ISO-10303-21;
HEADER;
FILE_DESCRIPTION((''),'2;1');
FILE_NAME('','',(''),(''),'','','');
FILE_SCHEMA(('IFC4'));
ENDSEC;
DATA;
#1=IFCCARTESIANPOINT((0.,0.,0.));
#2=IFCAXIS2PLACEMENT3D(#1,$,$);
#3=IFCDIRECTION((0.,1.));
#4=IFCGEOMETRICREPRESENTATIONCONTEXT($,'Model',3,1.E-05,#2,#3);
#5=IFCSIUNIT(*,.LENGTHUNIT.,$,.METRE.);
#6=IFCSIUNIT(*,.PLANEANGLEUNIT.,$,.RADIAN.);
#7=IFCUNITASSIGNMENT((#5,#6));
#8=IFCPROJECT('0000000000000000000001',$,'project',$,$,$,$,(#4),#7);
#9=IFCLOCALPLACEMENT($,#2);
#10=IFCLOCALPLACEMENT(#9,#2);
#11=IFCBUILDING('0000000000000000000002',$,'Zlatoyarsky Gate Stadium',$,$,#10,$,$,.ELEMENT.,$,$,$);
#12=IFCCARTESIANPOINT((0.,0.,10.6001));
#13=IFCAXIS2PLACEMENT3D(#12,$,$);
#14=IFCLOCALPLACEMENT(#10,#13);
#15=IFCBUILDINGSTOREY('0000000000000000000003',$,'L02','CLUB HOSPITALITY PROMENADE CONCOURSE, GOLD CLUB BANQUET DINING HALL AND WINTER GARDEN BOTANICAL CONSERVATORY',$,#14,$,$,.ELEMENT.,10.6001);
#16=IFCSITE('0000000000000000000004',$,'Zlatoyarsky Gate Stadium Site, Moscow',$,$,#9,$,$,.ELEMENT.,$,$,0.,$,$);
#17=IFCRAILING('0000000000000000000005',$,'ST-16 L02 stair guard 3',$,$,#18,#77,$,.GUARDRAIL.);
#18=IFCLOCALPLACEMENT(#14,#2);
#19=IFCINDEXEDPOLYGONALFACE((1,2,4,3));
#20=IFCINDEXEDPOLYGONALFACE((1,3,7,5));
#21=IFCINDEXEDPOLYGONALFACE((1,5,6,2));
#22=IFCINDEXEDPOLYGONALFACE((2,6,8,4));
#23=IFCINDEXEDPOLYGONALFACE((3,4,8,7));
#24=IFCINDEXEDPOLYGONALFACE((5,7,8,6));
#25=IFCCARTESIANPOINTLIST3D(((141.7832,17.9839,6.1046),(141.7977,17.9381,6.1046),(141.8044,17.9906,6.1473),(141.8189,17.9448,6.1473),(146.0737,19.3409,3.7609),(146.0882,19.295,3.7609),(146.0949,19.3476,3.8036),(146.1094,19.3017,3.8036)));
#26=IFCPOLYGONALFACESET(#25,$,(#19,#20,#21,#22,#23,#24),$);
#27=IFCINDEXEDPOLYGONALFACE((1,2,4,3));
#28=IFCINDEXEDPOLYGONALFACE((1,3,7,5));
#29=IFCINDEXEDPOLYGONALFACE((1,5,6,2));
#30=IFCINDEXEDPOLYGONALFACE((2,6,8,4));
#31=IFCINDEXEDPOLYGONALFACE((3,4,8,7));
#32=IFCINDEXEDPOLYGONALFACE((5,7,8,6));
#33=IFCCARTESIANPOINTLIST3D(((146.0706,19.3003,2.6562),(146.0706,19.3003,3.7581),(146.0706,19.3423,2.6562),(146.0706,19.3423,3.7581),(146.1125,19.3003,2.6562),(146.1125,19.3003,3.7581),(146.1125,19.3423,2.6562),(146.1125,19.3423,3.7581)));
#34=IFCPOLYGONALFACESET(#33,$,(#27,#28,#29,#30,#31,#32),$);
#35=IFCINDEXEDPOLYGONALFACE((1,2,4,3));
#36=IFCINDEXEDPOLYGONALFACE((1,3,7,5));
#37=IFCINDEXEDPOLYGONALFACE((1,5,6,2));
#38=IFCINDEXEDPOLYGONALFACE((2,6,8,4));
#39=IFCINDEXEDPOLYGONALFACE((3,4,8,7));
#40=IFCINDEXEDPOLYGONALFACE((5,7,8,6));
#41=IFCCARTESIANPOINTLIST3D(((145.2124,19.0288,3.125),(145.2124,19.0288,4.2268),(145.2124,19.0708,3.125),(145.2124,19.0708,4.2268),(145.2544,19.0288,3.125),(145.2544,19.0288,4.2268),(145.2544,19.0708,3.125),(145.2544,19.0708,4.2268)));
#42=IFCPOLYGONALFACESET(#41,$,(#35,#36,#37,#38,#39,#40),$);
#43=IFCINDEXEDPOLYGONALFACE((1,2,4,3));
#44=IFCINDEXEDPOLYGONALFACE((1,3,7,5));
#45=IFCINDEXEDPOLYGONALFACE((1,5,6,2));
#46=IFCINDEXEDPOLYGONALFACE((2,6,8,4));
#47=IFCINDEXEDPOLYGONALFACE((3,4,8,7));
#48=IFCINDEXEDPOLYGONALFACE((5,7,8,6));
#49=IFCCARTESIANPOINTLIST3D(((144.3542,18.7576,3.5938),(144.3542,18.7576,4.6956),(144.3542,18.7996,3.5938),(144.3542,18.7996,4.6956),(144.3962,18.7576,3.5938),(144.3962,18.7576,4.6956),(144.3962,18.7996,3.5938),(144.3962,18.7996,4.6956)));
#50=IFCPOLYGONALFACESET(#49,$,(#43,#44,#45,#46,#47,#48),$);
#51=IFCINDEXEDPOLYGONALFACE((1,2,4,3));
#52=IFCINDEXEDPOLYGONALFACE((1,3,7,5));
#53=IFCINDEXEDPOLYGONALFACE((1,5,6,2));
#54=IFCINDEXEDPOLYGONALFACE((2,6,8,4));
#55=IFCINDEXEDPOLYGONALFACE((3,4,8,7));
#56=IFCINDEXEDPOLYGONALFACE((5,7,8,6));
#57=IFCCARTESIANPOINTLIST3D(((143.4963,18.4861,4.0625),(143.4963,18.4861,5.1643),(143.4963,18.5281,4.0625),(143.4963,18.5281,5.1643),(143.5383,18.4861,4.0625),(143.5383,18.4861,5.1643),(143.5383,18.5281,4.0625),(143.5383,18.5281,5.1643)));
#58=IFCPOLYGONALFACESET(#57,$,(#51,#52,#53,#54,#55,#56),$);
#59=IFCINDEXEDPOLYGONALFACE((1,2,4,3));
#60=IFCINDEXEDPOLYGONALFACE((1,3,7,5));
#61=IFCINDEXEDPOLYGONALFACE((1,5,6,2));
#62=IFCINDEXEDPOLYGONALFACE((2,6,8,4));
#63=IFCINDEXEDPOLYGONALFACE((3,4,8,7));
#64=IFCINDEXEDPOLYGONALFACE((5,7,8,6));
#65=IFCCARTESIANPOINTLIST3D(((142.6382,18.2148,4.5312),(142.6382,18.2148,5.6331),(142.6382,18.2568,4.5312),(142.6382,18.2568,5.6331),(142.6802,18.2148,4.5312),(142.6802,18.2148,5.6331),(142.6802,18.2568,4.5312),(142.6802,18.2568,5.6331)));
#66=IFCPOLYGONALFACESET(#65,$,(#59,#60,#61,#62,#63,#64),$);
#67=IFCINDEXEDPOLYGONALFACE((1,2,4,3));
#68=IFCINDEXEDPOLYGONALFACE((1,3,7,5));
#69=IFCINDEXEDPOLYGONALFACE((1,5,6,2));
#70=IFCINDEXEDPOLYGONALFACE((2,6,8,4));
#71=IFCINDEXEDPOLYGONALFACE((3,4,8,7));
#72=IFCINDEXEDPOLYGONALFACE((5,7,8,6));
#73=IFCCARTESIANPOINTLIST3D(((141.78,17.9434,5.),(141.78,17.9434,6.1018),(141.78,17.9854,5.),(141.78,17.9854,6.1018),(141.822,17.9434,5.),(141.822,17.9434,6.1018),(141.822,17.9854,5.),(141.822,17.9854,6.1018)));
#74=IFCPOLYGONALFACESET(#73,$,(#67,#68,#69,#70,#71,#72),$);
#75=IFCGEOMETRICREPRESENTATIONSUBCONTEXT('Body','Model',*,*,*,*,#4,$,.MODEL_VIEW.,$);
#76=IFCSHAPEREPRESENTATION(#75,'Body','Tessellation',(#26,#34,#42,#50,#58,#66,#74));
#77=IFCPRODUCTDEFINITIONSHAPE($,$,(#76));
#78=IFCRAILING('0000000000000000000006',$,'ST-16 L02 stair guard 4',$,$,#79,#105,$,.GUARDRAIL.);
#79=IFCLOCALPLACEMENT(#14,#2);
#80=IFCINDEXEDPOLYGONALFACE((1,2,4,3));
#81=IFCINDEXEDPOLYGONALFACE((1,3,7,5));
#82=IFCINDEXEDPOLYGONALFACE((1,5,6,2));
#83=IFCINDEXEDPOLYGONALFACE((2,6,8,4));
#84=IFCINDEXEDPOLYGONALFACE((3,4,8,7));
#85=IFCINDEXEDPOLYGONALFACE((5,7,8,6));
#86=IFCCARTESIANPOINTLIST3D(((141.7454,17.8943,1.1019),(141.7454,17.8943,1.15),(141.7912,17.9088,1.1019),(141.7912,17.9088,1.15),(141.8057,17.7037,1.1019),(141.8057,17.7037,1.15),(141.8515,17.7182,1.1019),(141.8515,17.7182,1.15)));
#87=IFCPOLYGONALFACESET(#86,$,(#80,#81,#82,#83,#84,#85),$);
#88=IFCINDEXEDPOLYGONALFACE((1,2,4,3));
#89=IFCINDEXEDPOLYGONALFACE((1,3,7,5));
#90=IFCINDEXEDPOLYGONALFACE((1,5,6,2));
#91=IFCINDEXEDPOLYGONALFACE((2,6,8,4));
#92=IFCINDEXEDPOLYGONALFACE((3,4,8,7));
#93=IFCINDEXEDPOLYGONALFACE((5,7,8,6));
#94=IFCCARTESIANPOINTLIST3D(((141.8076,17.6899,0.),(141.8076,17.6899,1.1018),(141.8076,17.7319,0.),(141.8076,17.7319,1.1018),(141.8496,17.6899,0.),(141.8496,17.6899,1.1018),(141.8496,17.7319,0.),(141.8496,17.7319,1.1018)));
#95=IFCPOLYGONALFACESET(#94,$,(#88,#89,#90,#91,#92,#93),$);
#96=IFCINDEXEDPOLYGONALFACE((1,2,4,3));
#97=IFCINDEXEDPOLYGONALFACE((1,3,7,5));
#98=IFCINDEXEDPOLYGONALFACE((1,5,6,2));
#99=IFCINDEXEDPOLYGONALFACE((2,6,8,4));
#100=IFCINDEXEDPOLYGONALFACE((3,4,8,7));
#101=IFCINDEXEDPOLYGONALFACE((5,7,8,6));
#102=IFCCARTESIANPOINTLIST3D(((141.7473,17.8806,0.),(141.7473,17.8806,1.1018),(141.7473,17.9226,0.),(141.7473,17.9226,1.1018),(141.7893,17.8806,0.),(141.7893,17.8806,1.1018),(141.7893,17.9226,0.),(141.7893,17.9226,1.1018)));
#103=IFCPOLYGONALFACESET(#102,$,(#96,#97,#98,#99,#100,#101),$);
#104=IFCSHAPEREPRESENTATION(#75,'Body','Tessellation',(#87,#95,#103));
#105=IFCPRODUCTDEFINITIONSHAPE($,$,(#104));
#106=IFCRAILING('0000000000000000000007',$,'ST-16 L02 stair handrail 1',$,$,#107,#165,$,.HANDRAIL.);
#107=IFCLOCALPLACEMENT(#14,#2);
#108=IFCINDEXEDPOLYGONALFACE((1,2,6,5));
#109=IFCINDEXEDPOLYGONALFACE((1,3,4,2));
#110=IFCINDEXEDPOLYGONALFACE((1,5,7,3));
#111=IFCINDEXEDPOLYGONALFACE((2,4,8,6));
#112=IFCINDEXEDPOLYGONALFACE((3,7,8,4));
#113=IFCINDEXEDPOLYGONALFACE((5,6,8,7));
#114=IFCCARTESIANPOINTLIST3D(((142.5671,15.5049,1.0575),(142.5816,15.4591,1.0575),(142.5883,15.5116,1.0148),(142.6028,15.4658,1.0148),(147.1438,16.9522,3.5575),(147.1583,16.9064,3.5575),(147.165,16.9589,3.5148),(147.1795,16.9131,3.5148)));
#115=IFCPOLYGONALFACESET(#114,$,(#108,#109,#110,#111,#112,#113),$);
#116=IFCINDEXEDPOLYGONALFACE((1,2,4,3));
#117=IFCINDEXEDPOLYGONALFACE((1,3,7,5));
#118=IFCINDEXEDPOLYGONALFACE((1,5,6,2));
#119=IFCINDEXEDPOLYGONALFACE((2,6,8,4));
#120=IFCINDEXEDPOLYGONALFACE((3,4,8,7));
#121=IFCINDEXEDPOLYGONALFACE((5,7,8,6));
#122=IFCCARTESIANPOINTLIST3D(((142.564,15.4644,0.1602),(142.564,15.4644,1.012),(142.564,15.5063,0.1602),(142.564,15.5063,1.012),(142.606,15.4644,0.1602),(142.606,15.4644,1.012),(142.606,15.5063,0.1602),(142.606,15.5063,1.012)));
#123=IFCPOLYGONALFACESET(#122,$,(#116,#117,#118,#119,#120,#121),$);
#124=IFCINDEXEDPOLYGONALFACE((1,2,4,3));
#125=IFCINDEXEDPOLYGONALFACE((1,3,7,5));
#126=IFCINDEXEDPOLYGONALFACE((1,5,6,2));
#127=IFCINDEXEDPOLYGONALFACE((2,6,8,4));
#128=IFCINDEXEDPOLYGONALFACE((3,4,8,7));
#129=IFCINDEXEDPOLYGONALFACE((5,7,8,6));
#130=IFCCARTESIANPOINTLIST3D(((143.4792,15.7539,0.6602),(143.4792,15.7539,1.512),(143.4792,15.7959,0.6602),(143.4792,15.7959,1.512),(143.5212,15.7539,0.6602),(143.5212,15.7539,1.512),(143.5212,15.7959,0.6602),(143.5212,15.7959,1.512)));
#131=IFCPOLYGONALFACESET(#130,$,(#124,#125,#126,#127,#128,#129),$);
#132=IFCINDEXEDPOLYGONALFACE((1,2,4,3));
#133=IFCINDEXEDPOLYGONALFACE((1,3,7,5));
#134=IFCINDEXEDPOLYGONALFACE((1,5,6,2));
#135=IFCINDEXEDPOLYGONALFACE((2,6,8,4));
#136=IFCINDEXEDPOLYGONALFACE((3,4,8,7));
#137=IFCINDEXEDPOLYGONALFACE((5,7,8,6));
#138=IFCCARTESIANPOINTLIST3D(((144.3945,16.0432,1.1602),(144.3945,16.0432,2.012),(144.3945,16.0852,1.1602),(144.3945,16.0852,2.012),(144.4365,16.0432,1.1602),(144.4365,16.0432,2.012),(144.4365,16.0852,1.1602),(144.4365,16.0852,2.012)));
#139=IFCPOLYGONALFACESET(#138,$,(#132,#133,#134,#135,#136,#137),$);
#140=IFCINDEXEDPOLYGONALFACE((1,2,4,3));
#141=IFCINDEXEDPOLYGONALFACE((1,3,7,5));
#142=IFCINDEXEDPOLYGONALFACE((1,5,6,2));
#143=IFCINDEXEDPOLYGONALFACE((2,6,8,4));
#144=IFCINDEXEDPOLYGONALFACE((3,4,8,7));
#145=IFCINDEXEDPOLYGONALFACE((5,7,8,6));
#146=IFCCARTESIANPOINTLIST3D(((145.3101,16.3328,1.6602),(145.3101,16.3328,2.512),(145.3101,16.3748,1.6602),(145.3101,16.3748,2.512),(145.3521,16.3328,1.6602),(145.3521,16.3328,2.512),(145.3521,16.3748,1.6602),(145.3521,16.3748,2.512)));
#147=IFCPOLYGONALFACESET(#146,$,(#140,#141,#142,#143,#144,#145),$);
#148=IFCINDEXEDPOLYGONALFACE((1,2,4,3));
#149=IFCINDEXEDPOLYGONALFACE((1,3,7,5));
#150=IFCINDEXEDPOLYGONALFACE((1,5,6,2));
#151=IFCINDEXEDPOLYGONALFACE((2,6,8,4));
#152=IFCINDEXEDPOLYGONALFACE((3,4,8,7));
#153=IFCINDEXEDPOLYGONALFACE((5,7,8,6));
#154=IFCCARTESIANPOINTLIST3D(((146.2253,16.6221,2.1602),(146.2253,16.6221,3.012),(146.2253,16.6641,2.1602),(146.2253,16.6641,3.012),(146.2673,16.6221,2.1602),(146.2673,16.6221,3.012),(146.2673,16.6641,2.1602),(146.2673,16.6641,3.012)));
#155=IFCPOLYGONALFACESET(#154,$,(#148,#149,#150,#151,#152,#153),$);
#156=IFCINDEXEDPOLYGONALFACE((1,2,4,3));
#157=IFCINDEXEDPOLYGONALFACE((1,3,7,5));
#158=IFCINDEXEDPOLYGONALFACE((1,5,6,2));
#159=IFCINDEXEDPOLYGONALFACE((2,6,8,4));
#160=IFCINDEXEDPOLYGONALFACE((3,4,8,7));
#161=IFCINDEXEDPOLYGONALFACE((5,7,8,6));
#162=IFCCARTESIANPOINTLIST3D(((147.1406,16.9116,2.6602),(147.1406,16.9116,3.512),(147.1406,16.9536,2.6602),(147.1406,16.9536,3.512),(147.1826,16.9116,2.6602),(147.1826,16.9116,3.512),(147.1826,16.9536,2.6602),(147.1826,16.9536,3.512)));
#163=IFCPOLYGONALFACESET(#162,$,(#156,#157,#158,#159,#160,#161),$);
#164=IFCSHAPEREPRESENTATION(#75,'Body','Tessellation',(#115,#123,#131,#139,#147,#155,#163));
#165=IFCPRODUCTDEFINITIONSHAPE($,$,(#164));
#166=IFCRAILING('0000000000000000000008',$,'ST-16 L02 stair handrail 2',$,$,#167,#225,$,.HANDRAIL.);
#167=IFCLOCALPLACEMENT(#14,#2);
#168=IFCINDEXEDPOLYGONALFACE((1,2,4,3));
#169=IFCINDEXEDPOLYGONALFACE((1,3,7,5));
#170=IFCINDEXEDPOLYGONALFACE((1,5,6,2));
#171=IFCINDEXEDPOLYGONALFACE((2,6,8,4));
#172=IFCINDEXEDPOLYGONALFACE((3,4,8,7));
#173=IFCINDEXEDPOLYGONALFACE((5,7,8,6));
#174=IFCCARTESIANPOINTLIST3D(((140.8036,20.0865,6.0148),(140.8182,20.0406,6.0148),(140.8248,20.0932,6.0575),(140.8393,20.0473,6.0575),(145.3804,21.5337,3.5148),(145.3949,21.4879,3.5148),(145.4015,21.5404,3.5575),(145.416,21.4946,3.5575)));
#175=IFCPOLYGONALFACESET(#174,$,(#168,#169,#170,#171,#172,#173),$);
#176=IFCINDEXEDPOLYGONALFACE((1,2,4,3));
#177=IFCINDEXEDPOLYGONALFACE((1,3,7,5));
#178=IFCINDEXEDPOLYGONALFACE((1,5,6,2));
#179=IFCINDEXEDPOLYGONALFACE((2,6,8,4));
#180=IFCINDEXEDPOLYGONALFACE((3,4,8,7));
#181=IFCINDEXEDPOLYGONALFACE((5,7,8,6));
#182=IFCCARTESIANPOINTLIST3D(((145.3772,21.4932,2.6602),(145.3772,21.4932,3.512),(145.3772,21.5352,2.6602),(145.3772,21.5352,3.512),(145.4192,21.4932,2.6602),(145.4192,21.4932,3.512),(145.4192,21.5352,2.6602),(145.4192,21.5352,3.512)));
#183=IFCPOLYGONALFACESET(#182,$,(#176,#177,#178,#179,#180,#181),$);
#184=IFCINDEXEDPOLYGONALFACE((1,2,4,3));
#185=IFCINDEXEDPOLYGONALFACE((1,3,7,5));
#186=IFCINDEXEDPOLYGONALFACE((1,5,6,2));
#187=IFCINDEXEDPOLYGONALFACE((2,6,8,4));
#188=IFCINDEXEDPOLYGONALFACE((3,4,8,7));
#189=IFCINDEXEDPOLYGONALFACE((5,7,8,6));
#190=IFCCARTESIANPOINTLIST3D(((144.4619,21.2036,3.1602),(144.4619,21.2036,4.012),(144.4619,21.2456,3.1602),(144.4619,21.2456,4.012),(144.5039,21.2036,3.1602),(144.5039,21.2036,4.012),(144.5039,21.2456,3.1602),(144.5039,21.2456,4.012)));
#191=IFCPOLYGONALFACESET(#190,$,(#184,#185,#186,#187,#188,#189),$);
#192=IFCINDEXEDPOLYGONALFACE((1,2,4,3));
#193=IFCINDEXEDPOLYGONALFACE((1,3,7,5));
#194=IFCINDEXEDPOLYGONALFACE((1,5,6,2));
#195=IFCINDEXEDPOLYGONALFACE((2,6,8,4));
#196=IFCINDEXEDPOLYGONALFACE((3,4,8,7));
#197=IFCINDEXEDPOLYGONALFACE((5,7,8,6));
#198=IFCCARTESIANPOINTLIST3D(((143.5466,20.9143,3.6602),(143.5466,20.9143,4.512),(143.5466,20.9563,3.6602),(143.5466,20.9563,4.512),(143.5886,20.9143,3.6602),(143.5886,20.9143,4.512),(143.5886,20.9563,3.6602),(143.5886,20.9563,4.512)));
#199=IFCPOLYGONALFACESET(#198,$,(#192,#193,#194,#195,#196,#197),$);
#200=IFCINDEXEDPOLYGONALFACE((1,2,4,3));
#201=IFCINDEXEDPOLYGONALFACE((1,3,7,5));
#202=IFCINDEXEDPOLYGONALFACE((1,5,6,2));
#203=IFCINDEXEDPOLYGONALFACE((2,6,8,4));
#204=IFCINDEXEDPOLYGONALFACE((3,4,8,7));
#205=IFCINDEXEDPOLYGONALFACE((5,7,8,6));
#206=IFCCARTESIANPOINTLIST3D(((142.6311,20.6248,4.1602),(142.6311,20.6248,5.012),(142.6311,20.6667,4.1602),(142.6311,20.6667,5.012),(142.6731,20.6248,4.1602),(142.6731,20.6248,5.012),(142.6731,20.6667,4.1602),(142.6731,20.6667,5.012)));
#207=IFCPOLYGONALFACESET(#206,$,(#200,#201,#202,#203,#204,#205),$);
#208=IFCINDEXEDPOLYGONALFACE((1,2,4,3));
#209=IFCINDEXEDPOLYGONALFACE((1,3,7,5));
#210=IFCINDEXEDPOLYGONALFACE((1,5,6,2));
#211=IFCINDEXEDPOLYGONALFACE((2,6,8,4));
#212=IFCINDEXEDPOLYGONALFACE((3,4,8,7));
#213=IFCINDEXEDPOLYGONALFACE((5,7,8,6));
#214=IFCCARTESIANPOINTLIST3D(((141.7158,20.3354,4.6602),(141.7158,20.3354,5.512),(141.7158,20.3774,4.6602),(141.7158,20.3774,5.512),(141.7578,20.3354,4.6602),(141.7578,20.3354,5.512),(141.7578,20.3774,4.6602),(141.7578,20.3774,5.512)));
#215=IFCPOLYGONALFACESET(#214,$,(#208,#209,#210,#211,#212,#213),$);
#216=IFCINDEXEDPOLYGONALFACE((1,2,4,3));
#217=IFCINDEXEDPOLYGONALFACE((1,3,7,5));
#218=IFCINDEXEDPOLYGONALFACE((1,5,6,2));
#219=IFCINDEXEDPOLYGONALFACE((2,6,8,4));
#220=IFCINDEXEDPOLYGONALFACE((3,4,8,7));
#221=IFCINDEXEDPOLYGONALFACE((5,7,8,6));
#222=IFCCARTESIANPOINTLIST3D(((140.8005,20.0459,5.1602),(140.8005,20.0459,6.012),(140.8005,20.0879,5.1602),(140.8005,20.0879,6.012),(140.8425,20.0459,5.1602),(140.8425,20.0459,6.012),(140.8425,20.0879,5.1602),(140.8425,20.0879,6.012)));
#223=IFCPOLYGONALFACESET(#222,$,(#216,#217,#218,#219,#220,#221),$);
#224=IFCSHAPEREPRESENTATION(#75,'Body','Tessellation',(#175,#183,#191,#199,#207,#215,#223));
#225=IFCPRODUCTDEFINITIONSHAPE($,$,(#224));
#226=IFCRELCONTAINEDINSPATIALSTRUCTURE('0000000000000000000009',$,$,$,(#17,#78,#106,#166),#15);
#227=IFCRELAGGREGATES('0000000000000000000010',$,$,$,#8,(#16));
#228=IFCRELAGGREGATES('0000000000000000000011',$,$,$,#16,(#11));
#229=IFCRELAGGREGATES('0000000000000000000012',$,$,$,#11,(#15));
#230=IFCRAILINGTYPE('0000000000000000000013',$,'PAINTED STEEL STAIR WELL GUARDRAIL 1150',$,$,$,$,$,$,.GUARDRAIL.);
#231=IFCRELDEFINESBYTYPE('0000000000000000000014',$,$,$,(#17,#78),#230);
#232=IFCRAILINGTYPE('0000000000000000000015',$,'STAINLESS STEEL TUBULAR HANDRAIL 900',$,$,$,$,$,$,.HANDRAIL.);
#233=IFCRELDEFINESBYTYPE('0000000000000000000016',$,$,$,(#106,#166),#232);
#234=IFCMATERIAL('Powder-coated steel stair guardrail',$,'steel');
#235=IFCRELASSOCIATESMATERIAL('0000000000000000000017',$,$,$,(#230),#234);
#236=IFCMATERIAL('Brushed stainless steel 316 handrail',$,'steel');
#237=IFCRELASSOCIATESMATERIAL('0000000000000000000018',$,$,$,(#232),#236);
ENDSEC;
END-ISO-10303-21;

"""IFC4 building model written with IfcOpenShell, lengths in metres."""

from ifc_helpers import new_model, si_unit, direction, frame, origin, origin_2d, place, context, subcontext, project, spatial, rectangle, extrude, material, type_object, element, save


model = new_model("IFC4")

# Units and contexts
model_context = context("Model", 3, precision=1e-05, world=origin(), true_north=direction((0.0, 1.0)))
body_context = subcontext(model_context, "Body", "Model", "MODEL_VIEW")
ifc_project = project(units=[si_unit("LENGTHUNIT", "METRE"), si_unit("PLANEANGLEUNIT", "RADIAN")], contexts=[model_context])

# Site, building, storey
site_placement = place(None, origin())
site = spatial("IfcSite", under=ifc_project, at=site_placement, Name="Zlatoyarsky Gate Stadium Site, Moscow", CompositionType="ELEMENT", RefElevation=0.0)
building_placement = place(site_placement, origin())
building = spatial("IfcBuilding", under=site, at=building_placement, Name="Zlatoyarsky Gate Stadium", CompositionType="ELEMENT")
storey_placement = place(building_placement, frame((0.0, 0.0, 10.6001)))
storey = spatial("IfcBuildingStorey", under=building, at=storey_placement, Name="L02", Description="CLUB HOSPITALITY PROMENADE CONCOURSE, GOLD CLUB BANQUET DINING HALL AND WINTER GARDEN BOTANICAL CONSERVATORY", CompositionType="ELEMENT", Elevation=10.6001)

# Railings
ifc_material_1 = material(Name="Powder-coated steel stair guardrail", Category="steel")
railing_type_1 = type_object("IfcRailingType", Name="PAINTED STEEL STAIR WELL GUARDRAIL 1150", PredefinedType="GUARDRAIL", material=ifc_material_1)
railing_1_placement = place(storey_placement, frame((146.0916, 19.3213, 2.6562)))
element("IfcRailing", 1, at=railing_1_placement, inside=storey, type_object=railing_type_1, Name="ST-16 L02 stair guard 3", PredefinedType="GUARDRAIL", context=body_context, shape_type="SweptSolid", body=[
    extrude(rectangle(XDim=0.0481, YDim=0.0481, at=origin_2d()), frame((0.0, 0.0, 1.126), z_axis=(-0.84563, -0.267441, 0.461935), x_axis=(0.301542, -0.953453, 0.0)), (0.0, 0.0, 1.0), 5.0737),
    extrude(rectangle(XDim=0.042, YDim=0.042, at=origin_2d()), origin(), (0.0, 0.0, 1.0), 1.1018),
    extrude(rectangle(XDim=0.042, YDim=0.042, at=origin_2d()), frame((-0.8582, -0.2715, 0.4688)), (0.0, 0.0, 1.0), 1.1018),
    extrude(rectangle(XDim=0.042, YDim=0.042, at=origin_2d()), frame((-1.7163, -0.5427, 0.9375)), (0.0, 0.0, 1.0), 1.1018),
    extrude(rectangle(XDim=0.042, YDim=0.042, at=origin_2d()), frame((-2.5742, -0.8142, 1.4062)), (0.0, 0.0, 1.0), 1.1018),
    extrude(rectangle(XDim=0.042, YDim=0.042, at=origin_2d()), frame((-3.4324, -1.0854, 1.875)), (0.0, 0.0, 1.0), 1.1018),
    extrude(rectangle(XDim=0.042, YDim=0.042, at=origin_2d()), frame((-4.2905, -1.3569, 2.3438)), (0.0, 0.0, 1.0), 1.1018),
])
railing_2_placement = place(storey_placement, frame((141.8286, 17.7109, 0.0)))
element("IfcRailing", 2, at=railing_2_placement, inside=storey, type_object=railing_type_1, Name="ST-16 L02 stair guard 4", PredefinedType="GUARDRAIL", context=body_context, shape_type="SweptSolid", body=[
    extrude(rectangle(XDim=0.0481, YDim=0.0481, at=origin_2d()), frame((0.0, 0.0, 1.126), z_axis=(-0.30154, 0.953453, 0.0), x_axis=(-0.953453, -0.30154, 0.0)), (0.0, 0.0, 1.0), 0.2),
    extrude(rectangle(XDim=0.042, YDim=0.042, at=origin_2d()), origin(), (0.0, 0.0, 1.0), 1.1018),
    extrude(rectangle(XDim=0.042, YDim=0.042, at=origin_2d()), frame((-0.0603, 0.1907, 0.0)), (0.0, 0.0, 1.0), 1.1018),
])
ifc_material_2 = material(Name="Brushed stainless steel 316 handrail", Category="steel")
railing_type_2 = type_object("IfcRailingType", Name="STAINLESS STEEL TUBULAR HANDRAIL 900", PredefinedType="HANDRAIL", material=ifc_material_2)
railing_3_placement = place(storey_placement, frame((142.585, 15.4854, 0.1602)))
element("IfcRailing", 3, at=railing_3_placement, inside=storey, type_object=railing_type_2, Name="ST-16 L02 stair handrail 1", PredefinedType="HANDRAIL", context=body_context, shape_type="SweptSolid", body=[
    extrude(rectangle(XDim=0.0481, YDim=0.0481, at=origin_2d()), frame((0.0, 0.0, 0.876), z_axis=(0.845641, 0.267415, 0.461931), x_axis=(-0.301511, 0.953463, 0.0)), (0.0, 0.0, 1.0), 5.4121),
    extrude(rectangle(XDim=0.042, YDim=0.042, at=origin_2d()), origin(), (0.0, 0.0, 1.0), 0.8518),
    extrude(rectangle(XDim=0.042, YDim=0.042, at=origin_2d()), frame((0.9153, 0.2896, 0.5)), (0.0, 0.0, 1.0), 0.8518),
    extrude(rectangle(XDim=0.042, YDim=0.042, at=origin_2d()), frame((1.8306, 0.5789, 1.0)), (0.0, 0.0, 1.0), 0.8518),
    extrude(rectangle(XDim=0.042, YDim=0.042, at=origin_2d()), frame((2.7461, 0.8684, 1.5)), (0.0, 0.0, 1.0), 0.8518),
    extrude(rectangle(XDim=0.042, YDim=0.042, at=origin_2d()), frame((3.6614, 1.1577, 2.0)), (0.0, 0.0, 1.0), 0.8518),
    extrude(rectangle(XDim=0.042, YDim=0.042, at=origin_2d()), frame((4.5767, 1.4473, 2.5)), (0.0, 0.0, 1.0), 0.8518),
])
railing_4_placement = place(storey_placement, frame((145.3982, 21.5142, 2.6602)))
element("IfcRailing", 4, at=railing_4_placement, inside=storey, type_object=railing_type_2, Name="ST-16 L02 stair handrail 2", PredefinedType="HANDRAIL", context=body_context, shape_type="SweptSolid", body=[
    extrude(rectangle(XDim=0.0481, YDim=0.0481, at=origin_2d()), frame((0.0, 0.0, 0.876), z_axis=(-0.845641, -0.267415, 0.461931), x_axis=(0.301511, -0.953463, 0.0)), (0.0, 0.0, 1.0), 5.4121),
    extrude(rectangle(XDim=0.042, YDim=0.042, at=origin_2d()), origin(), (0.0, 0.0, 1.0), 0.8518),
    extrude(rectangle(XDim=0.042, YDim=0.042, at=origin_2d()), frame((-0.9153, -0.2896, 0.5)), (0.0, 0.0, 1.0), 0.8518),
    extrude(rectangle(XDim=0.042, YDim=0.042, at=origin_2d()), frame((-1.8306, -0.5789, 1.0)), (0.0, 0.0, 1.0), 0.8518),
    extrude(rectangle(XDim=0.042, YDim=0.042, at=origin_2d()), frame((-2.7461, -0.8684, 1.5)), (0.0, 0.0, 1.0), 0.8518),
    extrude(rectangle(XDim=0.042, YDim=0.042, at=origin_2d()), frame((-3.6614, -1.1577, 2.0)), (0.0, 0.0, 1.0), 0.8518),
    extrude(rectangle(XDim=0.042, YDim=0.042, at=origin_2d()), frame((-4.5767, -1.4473, 2.5)), (0.0, 0.0, 1.0), 0.8518),
])

save(model, "model.ifc")
